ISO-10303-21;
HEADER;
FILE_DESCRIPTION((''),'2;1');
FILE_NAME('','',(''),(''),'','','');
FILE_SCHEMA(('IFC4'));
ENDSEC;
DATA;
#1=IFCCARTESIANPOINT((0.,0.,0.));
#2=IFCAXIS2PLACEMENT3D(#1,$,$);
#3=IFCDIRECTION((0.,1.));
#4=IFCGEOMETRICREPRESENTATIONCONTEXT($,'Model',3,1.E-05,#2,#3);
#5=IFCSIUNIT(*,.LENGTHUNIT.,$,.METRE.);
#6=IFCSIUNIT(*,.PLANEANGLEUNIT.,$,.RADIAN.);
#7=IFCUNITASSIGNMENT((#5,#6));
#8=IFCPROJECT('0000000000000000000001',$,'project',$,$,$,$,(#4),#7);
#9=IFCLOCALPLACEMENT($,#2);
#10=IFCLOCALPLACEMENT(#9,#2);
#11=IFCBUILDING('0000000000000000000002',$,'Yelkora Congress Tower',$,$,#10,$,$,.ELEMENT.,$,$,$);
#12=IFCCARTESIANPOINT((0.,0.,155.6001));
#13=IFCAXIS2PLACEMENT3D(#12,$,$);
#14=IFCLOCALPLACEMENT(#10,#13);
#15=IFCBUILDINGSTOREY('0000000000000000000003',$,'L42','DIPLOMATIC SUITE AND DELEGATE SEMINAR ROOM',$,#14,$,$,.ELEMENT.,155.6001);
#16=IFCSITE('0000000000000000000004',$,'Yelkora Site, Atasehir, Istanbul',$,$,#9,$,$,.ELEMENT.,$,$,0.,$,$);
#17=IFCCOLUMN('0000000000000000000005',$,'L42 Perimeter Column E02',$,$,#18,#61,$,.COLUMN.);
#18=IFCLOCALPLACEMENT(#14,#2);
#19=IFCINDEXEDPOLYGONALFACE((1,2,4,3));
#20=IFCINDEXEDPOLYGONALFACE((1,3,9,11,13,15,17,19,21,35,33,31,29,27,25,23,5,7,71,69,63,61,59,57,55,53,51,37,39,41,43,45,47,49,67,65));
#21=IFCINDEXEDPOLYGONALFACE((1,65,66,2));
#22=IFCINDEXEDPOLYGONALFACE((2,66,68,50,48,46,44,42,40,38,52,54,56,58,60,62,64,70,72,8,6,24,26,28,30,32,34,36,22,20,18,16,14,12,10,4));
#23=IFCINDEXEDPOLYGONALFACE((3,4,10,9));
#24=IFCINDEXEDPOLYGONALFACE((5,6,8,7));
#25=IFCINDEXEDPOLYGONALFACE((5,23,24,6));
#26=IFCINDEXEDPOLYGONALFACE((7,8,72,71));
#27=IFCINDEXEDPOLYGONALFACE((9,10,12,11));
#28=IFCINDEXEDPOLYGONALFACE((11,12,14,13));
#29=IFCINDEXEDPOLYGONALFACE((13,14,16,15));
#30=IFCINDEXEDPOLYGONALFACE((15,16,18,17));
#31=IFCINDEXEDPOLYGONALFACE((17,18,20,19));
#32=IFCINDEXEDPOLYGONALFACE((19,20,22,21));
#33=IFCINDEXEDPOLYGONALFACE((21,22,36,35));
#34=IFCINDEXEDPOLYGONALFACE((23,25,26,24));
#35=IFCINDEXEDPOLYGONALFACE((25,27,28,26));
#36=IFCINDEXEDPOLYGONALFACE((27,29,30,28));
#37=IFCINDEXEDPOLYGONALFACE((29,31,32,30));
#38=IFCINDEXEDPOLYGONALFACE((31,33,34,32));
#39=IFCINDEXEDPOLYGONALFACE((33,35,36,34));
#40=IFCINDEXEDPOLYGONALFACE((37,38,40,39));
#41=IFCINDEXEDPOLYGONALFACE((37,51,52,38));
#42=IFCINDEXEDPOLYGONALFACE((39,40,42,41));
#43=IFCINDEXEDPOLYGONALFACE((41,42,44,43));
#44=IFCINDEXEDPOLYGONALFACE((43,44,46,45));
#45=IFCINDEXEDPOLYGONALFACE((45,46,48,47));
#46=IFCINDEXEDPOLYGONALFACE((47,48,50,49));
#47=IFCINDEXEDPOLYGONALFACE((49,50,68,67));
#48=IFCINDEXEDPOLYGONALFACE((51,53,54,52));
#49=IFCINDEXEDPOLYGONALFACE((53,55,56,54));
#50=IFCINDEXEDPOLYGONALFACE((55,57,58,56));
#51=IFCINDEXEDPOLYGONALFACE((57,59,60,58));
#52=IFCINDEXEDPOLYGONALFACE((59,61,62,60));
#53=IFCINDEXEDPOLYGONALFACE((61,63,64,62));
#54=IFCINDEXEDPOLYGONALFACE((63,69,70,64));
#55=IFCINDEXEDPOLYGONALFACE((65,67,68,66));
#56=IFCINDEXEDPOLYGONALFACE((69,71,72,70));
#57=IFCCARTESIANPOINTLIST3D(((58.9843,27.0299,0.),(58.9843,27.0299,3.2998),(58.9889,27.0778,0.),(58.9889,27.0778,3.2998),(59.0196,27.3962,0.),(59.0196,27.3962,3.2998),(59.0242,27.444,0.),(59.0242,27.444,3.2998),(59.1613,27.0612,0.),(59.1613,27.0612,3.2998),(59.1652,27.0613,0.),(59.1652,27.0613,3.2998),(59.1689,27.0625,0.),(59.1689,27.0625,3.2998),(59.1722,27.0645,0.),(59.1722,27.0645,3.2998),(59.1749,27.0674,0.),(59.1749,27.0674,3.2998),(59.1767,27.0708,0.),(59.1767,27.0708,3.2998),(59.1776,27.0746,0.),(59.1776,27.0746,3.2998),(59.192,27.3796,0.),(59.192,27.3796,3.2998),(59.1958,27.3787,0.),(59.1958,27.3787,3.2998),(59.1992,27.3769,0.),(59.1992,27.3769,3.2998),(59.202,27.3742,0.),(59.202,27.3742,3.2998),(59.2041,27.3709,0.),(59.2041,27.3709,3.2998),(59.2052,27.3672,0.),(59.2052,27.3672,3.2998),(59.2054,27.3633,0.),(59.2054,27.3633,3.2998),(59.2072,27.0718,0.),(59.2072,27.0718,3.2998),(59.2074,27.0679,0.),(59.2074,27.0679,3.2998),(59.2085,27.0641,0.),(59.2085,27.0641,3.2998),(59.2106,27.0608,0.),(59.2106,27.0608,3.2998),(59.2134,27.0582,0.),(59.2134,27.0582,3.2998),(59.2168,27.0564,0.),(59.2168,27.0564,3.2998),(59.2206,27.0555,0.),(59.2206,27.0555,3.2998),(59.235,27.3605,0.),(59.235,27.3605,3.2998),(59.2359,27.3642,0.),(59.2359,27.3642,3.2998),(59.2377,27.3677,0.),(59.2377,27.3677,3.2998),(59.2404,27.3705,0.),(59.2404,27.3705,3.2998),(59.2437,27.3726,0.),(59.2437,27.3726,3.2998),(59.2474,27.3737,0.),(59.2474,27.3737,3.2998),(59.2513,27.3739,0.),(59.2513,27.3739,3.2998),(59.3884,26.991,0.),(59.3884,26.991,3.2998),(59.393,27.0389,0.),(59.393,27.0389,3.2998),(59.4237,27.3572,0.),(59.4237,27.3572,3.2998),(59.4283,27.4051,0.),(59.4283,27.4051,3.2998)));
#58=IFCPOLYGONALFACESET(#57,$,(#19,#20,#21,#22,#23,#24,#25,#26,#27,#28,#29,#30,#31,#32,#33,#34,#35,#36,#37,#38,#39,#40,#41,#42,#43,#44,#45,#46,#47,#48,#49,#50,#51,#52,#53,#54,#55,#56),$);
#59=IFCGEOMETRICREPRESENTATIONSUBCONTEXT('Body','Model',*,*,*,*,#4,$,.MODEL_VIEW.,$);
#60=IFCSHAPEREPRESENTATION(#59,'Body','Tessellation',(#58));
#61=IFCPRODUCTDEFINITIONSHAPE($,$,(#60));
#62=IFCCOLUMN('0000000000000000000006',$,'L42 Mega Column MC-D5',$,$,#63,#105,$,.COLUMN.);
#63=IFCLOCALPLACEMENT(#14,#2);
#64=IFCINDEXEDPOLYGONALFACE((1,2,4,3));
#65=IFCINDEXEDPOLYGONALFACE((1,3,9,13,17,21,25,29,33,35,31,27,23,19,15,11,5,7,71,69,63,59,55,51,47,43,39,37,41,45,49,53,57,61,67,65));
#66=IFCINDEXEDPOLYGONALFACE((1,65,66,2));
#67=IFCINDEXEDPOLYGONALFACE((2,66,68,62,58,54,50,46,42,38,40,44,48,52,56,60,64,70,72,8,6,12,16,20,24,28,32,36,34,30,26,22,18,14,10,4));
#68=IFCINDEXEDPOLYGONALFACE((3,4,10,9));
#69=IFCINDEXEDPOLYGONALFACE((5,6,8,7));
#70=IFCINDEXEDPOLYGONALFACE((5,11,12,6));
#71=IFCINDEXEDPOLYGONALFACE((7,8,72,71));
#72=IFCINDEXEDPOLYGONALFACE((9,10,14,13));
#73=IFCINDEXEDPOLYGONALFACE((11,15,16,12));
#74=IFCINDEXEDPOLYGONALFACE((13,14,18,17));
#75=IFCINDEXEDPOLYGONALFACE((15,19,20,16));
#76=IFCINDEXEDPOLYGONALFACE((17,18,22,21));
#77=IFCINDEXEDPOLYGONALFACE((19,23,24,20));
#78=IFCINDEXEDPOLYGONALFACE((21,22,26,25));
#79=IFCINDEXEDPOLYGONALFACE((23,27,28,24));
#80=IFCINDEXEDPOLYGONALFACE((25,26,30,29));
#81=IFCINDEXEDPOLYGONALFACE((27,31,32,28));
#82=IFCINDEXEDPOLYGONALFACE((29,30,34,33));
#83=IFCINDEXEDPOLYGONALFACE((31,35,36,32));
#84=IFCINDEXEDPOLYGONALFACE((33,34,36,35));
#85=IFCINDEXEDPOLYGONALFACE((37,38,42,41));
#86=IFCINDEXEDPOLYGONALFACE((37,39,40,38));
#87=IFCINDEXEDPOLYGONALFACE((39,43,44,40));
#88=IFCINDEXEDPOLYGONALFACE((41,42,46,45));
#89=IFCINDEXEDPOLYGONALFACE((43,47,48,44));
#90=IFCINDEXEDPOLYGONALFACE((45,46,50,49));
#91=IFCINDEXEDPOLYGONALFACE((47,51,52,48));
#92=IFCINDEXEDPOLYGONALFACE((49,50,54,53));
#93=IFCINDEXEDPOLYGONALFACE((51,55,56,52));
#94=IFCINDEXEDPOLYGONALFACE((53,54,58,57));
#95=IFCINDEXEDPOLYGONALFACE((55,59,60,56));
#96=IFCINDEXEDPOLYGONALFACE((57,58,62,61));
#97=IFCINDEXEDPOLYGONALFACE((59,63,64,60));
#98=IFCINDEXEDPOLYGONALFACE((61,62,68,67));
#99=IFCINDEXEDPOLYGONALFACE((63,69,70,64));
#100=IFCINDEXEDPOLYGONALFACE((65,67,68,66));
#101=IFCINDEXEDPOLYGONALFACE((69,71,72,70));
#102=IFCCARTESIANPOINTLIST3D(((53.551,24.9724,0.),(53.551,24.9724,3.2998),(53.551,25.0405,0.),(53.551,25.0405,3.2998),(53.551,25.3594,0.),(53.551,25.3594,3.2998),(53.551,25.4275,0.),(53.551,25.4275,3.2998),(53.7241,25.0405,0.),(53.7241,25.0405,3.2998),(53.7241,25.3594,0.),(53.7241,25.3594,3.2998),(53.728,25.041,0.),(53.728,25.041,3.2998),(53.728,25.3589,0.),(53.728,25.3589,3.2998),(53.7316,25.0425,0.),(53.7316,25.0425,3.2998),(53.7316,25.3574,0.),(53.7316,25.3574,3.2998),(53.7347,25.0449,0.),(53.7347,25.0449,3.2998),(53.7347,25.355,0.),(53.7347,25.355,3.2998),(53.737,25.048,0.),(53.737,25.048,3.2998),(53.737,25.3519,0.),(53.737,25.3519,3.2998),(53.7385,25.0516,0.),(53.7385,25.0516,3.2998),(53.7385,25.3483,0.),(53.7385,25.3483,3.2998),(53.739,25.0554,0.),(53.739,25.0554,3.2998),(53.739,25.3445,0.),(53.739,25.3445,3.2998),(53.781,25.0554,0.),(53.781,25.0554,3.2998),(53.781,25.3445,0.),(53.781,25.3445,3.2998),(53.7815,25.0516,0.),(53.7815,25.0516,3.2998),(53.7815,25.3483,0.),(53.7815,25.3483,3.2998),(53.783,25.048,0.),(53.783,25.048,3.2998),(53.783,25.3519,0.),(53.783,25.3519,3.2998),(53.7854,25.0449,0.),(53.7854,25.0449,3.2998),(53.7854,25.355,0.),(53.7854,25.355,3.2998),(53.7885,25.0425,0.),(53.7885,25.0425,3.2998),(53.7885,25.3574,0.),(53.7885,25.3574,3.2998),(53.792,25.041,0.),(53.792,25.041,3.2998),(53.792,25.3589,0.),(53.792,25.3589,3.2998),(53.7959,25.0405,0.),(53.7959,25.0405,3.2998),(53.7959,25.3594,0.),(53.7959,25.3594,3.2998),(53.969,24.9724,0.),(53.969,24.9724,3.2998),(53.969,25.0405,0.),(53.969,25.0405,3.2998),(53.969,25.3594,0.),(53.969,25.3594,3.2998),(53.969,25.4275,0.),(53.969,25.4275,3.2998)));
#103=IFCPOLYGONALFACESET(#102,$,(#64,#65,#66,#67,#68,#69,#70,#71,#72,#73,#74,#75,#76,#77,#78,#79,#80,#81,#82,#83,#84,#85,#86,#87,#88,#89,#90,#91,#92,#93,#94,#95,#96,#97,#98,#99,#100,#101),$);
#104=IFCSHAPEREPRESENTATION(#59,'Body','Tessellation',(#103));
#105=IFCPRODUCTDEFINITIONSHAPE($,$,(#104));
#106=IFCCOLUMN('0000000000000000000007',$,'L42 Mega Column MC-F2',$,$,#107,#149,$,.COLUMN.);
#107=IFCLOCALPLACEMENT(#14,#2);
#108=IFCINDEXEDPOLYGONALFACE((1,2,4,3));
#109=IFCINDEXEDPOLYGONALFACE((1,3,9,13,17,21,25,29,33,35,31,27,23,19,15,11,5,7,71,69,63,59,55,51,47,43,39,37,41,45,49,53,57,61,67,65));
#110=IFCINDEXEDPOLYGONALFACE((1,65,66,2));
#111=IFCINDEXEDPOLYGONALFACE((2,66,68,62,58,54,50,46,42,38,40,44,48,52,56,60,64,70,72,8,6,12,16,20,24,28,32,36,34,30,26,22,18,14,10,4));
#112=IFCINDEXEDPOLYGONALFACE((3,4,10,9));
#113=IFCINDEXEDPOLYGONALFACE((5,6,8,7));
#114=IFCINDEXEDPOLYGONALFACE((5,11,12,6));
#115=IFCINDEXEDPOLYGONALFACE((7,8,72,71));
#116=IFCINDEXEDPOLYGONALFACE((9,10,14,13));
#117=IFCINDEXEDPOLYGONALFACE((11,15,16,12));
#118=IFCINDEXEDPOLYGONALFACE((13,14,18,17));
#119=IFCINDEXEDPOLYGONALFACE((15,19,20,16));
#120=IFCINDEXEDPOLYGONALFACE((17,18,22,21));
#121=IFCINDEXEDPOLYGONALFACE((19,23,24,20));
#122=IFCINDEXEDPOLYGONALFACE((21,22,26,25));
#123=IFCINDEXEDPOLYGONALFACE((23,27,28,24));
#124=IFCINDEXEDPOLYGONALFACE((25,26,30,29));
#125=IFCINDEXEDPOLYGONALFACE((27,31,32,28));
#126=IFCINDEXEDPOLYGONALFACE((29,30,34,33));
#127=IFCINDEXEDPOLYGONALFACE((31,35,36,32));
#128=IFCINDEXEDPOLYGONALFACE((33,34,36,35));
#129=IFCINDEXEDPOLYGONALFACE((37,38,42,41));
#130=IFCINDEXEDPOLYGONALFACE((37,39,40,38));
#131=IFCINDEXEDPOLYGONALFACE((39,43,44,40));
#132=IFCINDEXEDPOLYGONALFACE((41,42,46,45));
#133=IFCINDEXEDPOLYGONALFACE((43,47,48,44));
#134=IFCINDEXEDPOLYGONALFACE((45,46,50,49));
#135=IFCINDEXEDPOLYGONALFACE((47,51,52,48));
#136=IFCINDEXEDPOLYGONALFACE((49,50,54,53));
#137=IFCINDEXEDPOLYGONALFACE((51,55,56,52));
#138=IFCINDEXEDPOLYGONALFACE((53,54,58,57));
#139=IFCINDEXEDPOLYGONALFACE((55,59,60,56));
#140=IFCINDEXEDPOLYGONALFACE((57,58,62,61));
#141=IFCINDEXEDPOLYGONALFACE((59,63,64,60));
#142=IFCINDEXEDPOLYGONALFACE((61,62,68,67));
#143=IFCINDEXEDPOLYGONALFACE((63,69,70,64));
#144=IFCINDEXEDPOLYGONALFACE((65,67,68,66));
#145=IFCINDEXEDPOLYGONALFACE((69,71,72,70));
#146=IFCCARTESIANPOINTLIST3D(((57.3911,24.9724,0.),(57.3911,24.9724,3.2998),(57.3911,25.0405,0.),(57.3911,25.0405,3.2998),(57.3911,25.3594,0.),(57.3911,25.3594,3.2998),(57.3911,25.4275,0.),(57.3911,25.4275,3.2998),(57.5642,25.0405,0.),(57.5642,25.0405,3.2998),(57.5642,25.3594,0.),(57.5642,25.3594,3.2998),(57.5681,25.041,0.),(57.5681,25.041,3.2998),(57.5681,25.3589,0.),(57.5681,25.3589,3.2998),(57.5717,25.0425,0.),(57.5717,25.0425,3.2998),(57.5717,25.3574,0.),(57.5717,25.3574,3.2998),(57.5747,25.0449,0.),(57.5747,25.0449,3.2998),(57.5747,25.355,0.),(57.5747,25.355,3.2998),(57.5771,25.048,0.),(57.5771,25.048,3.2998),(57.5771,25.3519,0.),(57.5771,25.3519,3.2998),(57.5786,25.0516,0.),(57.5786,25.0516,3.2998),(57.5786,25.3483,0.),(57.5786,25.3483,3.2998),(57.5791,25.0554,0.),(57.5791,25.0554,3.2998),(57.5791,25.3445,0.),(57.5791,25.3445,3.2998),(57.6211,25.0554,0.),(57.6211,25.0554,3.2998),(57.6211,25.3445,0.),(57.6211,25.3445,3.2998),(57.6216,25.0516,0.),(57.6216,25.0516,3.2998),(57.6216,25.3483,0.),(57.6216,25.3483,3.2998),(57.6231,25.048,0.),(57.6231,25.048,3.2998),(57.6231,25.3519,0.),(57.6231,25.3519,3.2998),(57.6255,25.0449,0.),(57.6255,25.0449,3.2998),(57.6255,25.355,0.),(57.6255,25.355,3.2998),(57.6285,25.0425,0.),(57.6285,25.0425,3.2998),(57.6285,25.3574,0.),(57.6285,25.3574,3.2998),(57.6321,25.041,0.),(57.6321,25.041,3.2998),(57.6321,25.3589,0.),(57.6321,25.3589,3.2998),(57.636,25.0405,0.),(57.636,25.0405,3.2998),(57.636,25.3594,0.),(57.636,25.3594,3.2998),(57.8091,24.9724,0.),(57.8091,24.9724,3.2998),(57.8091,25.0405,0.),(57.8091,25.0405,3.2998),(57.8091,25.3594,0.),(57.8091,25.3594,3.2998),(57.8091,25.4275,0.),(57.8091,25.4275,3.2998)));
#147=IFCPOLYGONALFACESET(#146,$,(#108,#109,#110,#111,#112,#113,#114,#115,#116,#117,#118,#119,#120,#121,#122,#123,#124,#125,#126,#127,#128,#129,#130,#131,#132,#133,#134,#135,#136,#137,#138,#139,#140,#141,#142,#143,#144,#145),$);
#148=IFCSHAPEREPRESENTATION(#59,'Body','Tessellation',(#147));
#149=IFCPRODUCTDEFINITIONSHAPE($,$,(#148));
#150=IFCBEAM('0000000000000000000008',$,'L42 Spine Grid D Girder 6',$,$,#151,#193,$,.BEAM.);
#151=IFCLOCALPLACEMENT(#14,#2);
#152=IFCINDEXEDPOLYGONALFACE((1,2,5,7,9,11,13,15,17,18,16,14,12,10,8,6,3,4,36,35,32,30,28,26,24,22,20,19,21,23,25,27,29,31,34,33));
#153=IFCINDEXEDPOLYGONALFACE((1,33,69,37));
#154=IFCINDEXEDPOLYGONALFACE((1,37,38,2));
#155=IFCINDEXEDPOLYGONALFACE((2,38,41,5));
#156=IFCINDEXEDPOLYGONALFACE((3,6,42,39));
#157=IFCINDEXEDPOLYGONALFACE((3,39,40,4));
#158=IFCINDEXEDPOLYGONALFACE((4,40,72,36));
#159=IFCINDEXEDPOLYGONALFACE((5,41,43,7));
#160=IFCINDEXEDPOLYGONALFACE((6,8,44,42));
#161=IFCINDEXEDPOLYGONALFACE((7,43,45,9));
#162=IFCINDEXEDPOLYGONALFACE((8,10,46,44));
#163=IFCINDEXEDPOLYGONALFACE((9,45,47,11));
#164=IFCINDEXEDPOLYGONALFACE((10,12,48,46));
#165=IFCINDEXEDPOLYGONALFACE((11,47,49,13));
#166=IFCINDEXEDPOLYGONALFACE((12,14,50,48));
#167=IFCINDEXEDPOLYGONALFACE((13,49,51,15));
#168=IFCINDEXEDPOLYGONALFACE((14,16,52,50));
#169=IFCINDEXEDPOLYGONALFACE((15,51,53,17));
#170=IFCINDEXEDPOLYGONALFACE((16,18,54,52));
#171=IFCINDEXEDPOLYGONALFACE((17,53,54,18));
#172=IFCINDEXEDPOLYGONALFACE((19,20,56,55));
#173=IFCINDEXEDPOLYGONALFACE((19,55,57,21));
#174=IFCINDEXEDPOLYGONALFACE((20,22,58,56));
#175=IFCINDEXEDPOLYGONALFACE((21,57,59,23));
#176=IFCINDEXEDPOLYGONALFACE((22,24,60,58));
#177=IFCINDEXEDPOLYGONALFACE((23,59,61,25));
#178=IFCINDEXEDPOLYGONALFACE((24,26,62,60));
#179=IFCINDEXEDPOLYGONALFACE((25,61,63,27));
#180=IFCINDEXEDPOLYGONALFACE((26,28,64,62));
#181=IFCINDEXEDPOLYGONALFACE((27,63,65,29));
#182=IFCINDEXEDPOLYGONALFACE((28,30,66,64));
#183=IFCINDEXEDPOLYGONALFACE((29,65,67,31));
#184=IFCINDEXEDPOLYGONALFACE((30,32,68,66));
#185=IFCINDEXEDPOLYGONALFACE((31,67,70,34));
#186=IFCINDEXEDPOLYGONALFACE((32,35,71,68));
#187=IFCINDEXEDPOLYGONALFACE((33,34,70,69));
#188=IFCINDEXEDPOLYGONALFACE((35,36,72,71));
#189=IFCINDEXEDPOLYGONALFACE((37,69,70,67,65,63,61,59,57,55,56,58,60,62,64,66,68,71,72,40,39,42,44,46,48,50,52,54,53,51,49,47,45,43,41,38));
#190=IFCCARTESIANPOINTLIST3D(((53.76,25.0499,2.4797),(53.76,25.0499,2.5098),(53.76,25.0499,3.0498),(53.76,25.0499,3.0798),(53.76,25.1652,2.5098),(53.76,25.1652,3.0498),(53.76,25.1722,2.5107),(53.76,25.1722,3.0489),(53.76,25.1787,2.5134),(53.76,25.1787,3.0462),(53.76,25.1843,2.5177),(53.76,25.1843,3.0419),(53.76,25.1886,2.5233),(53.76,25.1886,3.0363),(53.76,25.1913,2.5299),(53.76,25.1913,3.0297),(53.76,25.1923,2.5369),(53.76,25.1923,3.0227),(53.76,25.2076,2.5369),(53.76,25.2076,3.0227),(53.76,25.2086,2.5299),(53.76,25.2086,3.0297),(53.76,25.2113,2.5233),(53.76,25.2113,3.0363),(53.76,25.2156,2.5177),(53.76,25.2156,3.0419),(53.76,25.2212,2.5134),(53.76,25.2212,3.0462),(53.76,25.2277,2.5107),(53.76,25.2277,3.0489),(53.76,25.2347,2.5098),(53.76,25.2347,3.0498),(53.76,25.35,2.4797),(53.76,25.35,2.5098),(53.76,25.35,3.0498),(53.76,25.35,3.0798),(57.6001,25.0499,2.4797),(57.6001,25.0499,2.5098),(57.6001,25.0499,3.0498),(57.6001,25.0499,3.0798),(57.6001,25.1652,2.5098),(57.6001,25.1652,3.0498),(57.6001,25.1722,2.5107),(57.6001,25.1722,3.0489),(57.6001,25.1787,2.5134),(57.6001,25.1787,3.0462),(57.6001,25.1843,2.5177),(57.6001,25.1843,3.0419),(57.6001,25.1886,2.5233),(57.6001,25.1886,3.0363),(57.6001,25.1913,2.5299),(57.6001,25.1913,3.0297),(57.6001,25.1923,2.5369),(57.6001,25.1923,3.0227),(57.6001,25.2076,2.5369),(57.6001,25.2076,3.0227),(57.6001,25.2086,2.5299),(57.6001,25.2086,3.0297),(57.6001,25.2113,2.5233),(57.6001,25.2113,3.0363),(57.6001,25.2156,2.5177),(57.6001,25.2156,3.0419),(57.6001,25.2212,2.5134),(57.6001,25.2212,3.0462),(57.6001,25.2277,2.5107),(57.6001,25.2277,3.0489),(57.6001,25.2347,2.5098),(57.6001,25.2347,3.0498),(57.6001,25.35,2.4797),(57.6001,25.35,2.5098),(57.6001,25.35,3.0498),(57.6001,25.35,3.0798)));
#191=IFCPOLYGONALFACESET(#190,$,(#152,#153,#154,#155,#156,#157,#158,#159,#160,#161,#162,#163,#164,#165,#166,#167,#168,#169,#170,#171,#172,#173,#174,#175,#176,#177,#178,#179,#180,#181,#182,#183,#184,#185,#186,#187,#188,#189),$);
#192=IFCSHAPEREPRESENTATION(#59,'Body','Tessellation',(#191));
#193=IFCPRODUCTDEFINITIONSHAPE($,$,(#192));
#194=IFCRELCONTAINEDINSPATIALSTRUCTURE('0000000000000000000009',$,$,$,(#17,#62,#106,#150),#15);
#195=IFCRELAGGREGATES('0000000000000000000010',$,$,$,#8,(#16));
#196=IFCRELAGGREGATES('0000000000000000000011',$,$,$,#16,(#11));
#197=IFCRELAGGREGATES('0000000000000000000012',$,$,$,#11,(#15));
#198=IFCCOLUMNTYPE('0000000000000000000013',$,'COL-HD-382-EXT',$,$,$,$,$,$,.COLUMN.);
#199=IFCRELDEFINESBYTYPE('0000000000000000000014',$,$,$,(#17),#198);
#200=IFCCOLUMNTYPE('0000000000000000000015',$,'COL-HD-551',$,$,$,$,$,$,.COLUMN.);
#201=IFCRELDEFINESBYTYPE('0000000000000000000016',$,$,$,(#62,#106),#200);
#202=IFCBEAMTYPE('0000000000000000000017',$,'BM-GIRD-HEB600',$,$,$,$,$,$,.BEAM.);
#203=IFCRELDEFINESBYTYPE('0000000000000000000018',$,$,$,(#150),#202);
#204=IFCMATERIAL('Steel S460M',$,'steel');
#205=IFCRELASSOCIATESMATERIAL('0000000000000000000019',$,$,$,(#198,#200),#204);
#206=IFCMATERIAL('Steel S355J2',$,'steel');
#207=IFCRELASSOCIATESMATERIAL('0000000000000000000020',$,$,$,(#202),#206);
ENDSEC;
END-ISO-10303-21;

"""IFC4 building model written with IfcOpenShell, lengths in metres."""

from ifc_helpers import new_model, si_unit, direction, frame, origin, origin_2d, place, context, subcontext, project, spatial, i_section, extrude, material, material_profile, profile_set, type_object, element, save


model = new_model("IFC4")

# Units and contexts
model_context = context("Model", 3, precision=1e-05, world=origin(), true_north=direction((0.0, 1.0)))
body_context = subcontext(model_context, "Body", "Model", "MODEL_VIEW")
ifc_project = project(units=[si_unit("LENGTHUNIT", "METRE"), si_unit("PLANEANGLEUNIT", "RADIAN")], contexts=[model_context])

# Site, building, storey
site_placement = place(None, origin())
site = spatial("IfcSite", under=ifc_project, at=site_placement, Name="Yelkora Site, Atasehir, Istanbul", CompositionType="ELEMENT", RefElevation=0.0)
building_placement = place(site_placement, origin())
building = spatial("IfcBuilding", under=site, at=building_placement, Name="Yelkora Congress Tower", CompositionType="ELEMENT")
storey_placement = place(building_placement, frame((0.0, 0.0, 155.6001)))
storey = spatial("IfcBuildingStorey", under=building, at=storey_placement, Name="L42", Description="DIPLOMATIC SUITE AND DELEGATE SEMINAR ROOM", CompositionType="ELEMENT", Elevation=155.6001)

# Columns
ifc_material_1 = material(Name="Steel S460M", Category="steel")
ifc_material_profile_1 = material_profile(ifc_material_1, i_section(OverallWidth=0.406, OverallDepth=0.416, WebThickness=0.0298, FlangeThickness=0.0481, FilletRadius=0.0149, at=origin_2d()), Name="HD 400x382")
ifc_profile_set_1 = profile_set([ifc_material_profile_1], Name="Steel S460M")
column_type_1 = type_object("IfcColumnType", Name="COL-HD-382-EXT", PredefinedType="COLUMN", material=ifc_profile_set_1)
column_placement = place(storey_placement, frame((59.2063, 27.2175, 0.0), z_axis=(0.0, 0.0, 1.0), x_axis=(0.995396, -0.095846, 0.0)))
element("IfcColumn", 1, at=column_placement, inside=storey, type_object=column_type_1, Name="L42 Perimeter Column E02", PredefinedType="COLUMN", context=body_context, shape_type="SweptSolid", body=[
    extrude(i_section(OverallWidth=0.406, OverallDepth=0.416, WebThickness=0.0298, FlangeThickness=0.0481, FilletRadius=0.0149, at=origin_2d()), origin(), (0.0, 0.0, 1.0), 3.2998),
])
ifc_material_profile_2 = material_profile(ifc_material_1, i_section(OverallWidth=0.418, OverallDepth=0.4551, WebThickness=0.042, FlangeThickness=0.0681, FilletRadius=0.0149, at=origin_2d()), Name="HD 400x551")
ifc_profile_set_2 = profile_set([ifc_material_profile_2], Name="Steel S460M")
column_type_2 = type_object("IfcColumnType", Name="COL-HD-551", PredefinedType="COLUMN", material=ifc_profile_set_2)
for number, where, z_axis, x_axis, name in (
    (2, (53.76, 25.2, 0.0), (0.0, 0.0, 1.0), (1.0, 0.0, 0.0), "L42 Mega Column MC-D5"),
    (3, (57.6001, 25.2, 0.0), (0.0, 0.0, 1.0), (1.0, 0.0, 0.0), "L42 Mega Column MC-F2"),
):
    element("IfcColumn", number, at=place(storey_placement, frame(where, z_axis=z_axis, x_axis=x_axis)), inside=storey, type_object=column_type_2, Name=name, PredefinedType="COLUMN", context=body_context, shape_type="SweptSolid", body=[
        extrude(i_section(OverallWidth=0.418, OverallDepth=0.4551, WebThickness=0.042, FlangeThickness=0.0681, FilletRadius=0.0149, at=origin_2d()), origin(), (0.0, 0.0, 1.0), 3.2998),
    ])

# Beam
ifc_material_2 = material(Name="Steel S355J2", Category="steel")
ifc_material_profile_3 = material_profile(ifc_material_2, i_section(OverallWidth=0.3, OverallDepth=0.6001, WebThickness=0.0154, FlangeThickness=0.03, FilletRadius=0.0271, at=origin_2d()), Name="HEB 600")
ifc_profile_set_3 = profile_set([ifc_material_profile_3], Name="Steel S355J2")
beam_type_1 = type_object("IfcBeamType", Name="BM-GIRD-HEB600", PredefinedType="BEAM", material=ifc_profile_set_3)
beam_1_placement = place(storey_placement, frame((53.76, 25.2, 2.7798), z_axis=(1.0, 0.0, 0.0), x_axis=(0.0, 1.0, 0.0)))
element("IfcBeam", 4, at=beam_1_placement, inside=storey, type_object=beam_type_1, Name="L42 Spine Grid D Girder 6", PredefinedType="BEAM", context=body_context, shape_type="SweptSolid", body=[
    extrude(i_section(OverallWidth=0.3, OverallDepth=0.6001, WebThickness=0.0154, FlangeThickness=0.03, FilletRadius=0.0271, at=origin_2d()), origin(), (0.0, 0.0, 1.0), 3.8401),
])

save(model, "model.ifc")
